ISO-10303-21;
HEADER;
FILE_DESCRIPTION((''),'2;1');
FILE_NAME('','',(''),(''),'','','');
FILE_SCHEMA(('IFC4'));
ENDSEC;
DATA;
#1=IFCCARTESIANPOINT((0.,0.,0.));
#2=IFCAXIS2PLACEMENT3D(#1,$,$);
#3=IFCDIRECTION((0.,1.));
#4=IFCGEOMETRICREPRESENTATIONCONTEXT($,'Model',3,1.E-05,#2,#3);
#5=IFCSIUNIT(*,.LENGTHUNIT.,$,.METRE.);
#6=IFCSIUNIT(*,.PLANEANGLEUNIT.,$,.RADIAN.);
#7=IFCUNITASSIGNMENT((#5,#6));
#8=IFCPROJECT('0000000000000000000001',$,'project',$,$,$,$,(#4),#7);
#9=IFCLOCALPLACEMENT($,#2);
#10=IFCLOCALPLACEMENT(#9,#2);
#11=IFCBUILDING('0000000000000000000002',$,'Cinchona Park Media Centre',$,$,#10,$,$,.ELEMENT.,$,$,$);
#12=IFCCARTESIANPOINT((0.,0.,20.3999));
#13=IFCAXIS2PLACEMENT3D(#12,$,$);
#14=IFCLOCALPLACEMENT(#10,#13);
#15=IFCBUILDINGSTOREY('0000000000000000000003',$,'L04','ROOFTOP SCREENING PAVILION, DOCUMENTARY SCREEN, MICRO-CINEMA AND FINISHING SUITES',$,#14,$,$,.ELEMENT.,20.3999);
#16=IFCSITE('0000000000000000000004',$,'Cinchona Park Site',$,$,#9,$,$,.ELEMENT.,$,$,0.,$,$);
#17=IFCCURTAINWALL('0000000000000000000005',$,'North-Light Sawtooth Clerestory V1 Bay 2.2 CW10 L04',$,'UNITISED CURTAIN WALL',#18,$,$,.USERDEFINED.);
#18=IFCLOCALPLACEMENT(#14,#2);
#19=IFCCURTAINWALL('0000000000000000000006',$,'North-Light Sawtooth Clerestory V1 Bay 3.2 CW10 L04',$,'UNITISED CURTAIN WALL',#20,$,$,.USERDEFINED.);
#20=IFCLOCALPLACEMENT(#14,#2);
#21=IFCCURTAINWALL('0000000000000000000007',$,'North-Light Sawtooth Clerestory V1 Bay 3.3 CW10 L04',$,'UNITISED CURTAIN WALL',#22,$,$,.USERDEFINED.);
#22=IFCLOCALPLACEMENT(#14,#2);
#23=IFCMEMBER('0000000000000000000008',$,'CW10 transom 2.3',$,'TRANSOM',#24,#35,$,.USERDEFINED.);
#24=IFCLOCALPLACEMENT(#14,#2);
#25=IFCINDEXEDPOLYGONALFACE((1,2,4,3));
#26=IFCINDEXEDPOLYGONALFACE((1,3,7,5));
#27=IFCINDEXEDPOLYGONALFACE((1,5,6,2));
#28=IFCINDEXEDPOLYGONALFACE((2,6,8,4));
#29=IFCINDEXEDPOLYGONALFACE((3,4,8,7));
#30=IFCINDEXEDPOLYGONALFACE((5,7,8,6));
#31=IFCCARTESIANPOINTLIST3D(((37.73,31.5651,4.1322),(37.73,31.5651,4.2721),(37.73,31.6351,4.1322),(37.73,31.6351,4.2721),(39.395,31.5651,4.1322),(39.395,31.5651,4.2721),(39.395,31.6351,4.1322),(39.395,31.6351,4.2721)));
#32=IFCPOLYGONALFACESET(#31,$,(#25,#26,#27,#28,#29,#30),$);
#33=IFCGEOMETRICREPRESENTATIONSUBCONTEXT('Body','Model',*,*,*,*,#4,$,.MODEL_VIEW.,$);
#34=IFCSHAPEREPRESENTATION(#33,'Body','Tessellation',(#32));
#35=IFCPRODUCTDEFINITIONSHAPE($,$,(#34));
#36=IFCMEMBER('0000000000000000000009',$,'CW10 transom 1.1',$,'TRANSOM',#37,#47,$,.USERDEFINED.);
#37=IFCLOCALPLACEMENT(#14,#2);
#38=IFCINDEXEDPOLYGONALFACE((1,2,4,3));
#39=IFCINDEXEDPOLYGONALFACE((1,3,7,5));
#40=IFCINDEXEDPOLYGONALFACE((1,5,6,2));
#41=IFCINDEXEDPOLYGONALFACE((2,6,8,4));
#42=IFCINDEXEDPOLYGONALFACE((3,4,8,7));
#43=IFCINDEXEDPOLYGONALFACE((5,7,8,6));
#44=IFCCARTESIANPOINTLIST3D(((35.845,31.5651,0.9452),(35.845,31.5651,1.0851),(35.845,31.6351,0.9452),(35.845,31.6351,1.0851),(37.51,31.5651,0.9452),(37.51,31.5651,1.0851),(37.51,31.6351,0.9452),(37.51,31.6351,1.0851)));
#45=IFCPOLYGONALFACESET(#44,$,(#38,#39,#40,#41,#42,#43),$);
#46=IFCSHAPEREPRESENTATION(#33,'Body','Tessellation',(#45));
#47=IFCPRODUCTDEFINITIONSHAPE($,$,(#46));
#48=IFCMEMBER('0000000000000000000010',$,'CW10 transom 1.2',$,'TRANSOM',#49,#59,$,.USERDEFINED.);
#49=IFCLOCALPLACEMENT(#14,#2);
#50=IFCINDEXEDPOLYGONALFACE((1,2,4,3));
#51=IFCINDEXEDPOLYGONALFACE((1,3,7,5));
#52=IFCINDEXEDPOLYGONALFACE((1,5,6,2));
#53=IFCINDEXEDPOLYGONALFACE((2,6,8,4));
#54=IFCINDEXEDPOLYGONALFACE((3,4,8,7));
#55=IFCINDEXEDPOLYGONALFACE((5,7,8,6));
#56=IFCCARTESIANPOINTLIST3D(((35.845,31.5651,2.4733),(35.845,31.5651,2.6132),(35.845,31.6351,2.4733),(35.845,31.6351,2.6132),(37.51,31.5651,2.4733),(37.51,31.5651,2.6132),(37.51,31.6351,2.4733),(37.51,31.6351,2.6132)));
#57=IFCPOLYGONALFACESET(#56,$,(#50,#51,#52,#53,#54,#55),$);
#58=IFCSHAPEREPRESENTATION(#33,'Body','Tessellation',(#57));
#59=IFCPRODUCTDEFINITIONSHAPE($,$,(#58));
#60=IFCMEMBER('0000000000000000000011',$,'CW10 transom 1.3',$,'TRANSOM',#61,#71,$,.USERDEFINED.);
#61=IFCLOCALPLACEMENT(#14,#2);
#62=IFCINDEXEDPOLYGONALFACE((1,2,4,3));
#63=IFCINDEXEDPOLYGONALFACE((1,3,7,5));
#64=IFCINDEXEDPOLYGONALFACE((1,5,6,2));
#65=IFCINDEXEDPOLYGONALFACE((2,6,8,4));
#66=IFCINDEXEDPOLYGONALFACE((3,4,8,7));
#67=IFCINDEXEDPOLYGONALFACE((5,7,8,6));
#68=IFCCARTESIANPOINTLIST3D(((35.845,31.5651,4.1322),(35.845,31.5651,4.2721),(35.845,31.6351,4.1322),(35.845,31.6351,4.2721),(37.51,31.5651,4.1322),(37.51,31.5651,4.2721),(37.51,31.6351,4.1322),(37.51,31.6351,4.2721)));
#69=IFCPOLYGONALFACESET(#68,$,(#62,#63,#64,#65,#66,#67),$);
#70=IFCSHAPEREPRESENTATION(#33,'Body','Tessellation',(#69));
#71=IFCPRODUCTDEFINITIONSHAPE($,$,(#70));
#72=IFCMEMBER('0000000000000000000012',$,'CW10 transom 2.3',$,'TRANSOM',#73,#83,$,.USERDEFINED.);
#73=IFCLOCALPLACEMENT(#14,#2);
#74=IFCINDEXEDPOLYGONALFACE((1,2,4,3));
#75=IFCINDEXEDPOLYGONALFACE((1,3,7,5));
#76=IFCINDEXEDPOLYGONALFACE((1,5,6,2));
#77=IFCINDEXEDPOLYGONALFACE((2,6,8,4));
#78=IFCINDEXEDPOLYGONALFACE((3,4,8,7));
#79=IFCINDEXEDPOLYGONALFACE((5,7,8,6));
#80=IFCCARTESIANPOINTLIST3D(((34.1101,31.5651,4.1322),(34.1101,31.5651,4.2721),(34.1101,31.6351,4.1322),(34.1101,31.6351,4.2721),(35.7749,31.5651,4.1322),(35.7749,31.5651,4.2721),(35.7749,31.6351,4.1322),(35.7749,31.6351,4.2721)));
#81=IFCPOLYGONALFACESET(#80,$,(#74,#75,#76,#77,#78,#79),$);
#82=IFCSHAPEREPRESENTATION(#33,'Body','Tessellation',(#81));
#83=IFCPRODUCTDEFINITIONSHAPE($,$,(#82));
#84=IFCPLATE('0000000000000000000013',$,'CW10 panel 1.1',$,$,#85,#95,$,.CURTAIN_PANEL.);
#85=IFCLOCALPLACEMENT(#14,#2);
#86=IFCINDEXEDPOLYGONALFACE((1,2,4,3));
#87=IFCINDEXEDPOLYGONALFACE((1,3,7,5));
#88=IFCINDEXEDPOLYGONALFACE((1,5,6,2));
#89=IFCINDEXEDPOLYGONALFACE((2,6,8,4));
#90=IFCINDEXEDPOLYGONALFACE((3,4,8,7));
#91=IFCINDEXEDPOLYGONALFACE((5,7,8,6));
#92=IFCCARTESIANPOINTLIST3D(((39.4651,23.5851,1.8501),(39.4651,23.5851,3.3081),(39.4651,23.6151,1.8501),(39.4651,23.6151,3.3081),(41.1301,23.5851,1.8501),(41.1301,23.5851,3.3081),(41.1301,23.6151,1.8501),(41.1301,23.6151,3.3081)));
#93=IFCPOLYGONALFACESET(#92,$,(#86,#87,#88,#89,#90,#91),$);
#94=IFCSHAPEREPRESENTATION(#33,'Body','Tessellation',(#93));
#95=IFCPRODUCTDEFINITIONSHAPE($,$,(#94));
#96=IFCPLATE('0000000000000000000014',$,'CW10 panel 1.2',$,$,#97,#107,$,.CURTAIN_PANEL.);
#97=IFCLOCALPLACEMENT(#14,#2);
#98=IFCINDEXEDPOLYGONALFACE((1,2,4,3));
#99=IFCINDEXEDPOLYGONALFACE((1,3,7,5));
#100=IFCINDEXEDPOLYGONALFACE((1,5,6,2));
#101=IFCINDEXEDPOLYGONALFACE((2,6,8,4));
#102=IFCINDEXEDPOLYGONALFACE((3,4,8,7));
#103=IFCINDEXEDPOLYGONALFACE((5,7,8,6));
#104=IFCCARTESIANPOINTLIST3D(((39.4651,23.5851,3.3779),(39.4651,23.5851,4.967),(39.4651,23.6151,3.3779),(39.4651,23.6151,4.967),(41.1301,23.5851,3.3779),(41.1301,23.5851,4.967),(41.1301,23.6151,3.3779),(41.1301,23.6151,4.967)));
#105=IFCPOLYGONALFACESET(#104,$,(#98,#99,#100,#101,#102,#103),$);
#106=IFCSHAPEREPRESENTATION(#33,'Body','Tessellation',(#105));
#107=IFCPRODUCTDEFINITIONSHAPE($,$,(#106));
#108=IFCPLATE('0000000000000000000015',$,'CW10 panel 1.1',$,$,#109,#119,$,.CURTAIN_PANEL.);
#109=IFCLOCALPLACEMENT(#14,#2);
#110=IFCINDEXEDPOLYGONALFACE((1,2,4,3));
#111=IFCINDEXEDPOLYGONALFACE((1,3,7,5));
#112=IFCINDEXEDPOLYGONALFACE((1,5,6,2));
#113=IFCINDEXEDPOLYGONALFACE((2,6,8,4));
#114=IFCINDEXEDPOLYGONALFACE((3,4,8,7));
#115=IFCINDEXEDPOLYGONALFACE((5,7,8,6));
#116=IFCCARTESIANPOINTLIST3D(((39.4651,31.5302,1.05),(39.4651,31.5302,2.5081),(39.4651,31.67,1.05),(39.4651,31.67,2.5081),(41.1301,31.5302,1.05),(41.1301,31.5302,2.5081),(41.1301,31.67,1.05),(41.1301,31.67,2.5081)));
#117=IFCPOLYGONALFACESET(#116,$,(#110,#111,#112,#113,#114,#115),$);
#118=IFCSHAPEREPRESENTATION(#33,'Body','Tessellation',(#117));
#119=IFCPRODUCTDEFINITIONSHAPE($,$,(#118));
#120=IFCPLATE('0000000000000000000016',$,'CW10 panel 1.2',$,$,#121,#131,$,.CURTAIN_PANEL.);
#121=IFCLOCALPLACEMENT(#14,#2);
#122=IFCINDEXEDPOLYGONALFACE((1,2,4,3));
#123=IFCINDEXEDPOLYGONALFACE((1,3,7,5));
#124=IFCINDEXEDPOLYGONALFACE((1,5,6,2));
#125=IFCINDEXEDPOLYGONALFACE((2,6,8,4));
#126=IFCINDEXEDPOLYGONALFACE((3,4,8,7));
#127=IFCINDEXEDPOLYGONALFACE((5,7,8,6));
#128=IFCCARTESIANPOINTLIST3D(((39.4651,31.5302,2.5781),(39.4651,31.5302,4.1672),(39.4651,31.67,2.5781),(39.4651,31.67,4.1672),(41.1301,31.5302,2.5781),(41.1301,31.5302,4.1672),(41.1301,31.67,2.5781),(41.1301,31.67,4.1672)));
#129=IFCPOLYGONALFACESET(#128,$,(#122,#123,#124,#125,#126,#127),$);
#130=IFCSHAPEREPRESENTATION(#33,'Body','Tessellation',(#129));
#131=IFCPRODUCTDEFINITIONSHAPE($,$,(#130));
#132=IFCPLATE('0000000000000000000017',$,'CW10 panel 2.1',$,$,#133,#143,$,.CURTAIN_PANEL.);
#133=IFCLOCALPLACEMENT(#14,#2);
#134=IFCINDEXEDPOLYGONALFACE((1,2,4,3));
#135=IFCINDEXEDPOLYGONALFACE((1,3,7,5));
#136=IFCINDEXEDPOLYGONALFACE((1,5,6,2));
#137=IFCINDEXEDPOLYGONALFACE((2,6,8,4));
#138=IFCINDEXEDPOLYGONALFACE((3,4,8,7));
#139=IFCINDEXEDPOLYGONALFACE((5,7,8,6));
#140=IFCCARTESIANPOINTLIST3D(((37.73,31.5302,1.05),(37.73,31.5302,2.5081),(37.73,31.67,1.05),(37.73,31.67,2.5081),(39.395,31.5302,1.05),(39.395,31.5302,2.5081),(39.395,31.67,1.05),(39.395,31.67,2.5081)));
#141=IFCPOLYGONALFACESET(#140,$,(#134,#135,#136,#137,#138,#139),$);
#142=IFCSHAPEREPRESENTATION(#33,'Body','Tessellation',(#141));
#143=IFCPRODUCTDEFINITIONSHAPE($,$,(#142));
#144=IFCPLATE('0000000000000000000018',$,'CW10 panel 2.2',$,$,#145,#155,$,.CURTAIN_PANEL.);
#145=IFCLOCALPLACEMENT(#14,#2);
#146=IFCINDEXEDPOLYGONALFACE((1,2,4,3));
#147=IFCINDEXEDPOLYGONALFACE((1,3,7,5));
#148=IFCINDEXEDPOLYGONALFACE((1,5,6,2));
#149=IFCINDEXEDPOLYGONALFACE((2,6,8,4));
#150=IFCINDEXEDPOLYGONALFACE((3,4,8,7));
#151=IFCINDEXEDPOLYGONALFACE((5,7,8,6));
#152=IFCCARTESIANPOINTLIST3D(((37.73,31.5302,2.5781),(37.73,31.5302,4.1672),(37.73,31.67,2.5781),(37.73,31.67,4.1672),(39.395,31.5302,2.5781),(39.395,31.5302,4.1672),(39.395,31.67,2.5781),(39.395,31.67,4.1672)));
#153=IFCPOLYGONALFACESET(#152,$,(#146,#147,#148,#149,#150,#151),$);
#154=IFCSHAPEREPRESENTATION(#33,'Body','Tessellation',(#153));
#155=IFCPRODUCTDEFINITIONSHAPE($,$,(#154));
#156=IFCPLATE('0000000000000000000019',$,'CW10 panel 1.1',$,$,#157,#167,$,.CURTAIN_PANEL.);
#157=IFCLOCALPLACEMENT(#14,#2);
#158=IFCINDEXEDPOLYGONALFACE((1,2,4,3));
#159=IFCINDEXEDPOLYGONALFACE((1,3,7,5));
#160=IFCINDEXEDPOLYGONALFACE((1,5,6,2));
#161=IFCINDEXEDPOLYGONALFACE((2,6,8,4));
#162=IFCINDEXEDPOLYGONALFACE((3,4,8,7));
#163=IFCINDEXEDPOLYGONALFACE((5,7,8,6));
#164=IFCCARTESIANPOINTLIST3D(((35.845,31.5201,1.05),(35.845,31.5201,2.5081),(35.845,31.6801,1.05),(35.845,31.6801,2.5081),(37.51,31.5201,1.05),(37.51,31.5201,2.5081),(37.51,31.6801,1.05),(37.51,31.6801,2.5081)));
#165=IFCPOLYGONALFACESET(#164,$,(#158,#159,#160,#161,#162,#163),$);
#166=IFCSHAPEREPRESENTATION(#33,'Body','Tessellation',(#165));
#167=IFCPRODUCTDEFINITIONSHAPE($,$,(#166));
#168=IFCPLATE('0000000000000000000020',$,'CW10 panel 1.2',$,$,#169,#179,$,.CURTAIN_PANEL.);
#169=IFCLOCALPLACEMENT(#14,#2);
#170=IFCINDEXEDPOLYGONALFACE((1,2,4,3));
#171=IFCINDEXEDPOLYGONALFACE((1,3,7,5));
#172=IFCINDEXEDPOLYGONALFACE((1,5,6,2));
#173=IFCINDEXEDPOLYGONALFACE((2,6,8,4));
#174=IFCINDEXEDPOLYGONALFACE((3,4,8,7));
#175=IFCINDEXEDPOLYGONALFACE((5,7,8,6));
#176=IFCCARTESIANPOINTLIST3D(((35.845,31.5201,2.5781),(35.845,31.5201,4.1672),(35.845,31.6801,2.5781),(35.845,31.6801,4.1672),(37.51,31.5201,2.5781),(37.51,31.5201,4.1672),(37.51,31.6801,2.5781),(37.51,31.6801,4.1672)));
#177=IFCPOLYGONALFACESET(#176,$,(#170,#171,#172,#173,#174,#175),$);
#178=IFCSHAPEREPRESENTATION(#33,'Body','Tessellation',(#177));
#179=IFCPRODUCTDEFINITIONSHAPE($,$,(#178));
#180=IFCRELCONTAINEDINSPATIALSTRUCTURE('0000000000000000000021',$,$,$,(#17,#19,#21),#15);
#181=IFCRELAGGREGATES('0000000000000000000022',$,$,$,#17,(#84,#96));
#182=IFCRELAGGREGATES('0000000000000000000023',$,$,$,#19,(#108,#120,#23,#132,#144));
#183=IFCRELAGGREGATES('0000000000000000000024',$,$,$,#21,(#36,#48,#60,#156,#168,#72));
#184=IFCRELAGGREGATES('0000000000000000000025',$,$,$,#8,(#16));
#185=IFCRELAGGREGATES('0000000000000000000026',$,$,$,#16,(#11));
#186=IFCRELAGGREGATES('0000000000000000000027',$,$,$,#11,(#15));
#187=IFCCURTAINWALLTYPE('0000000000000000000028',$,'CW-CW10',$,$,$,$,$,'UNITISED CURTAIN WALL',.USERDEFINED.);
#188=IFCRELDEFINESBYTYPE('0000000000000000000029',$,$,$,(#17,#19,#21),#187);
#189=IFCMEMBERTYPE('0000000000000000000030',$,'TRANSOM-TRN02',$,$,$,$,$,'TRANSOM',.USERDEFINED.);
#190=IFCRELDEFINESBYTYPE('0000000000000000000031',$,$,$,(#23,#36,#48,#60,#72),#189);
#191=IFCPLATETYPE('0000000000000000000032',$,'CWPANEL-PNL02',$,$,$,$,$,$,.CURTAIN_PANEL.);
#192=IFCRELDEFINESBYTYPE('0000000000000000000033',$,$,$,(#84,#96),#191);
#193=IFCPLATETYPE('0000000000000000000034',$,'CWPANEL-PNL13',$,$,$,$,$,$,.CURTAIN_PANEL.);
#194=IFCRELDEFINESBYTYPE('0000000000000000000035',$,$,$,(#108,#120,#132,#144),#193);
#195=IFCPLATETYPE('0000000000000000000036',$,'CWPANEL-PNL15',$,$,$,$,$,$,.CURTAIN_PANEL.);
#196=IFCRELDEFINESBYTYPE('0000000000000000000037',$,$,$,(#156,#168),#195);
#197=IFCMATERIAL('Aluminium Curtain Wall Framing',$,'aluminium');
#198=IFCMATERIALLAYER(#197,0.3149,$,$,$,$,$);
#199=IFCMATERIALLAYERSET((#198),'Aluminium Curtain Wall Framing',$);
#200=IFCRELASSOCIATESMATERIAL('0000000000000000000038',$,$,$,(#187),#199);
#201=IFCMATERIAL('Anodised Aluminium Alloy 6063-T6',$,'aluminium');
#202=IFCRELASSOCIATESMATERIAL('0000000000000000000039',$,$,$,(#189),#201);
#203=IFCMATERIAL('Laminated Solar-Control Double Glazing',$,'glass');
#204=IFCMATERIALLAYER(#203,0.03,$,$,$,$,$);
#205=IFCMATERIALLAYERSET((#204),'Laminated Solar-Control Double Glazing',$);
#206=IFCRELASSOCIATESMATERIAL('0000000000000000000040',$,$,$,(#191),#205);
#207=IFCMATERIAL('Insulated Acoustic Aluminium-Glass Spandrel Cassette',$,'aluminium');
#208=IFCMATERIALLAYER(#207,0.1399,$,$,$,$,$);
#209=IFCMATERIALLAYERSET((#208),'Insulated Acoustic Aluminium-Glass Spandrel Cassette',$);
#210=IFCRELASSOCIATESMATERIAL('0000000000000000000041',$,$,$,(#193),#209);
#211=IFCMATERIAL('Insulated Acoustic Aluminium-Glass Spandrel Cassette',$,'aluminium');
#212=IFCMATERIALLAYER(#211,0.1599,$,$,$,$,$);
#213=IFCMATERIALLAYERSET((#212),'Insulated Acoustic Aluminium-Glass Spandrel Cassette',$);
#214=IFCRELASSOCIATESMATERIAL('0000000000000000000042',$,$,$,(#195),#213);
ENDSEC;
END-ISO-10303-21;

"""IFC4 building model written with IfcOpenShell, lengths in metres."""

from ifc_helpers import new_model, si_unit, direction, frame, origin, origin_2d, place, context, subcontext, project, spatial, rectangle, extrude, material, layer, layer_set, material_profile, profile_set, type_object, element, aggregate, save


model = new_model("IFC4")

# Units and contexts
model_context = context("Model", 3, precision=1e-05, world=origin(), true_north=direction((0.0, 1.0)))
body_context = subcontext(model_context, "Body", "Model", "MODEL_VIEW")
ifc_project = project(units=[si_unit("LENGTHUNIT", "METRE"), si_unit("PLANEANGLEUNIT", "RADIAN")], contexts=[model_context])

# Site, building, storey
site_placement = place(None, origin())
site = spatial("IfcSite", under=ifc_project, at=site_placement, Name="Cinchona Park Site", CompositionType="ELEMENT", RefElevation=0.0)
building_placement = place(site_placement, origin())
building = spatial("IfcBuilding", under=site, at=building_placement, Name="Cinchona Park Media Centre", CompositionType="ELEMENT")
storey_placement = place(building_placement, frame((0.0, 0.0, 20.3999)))
storey = spatial("IfcBuildingStorey", under=building, at=storey_placement, Name="L04", Description="ROOFTOP SCREENING PAVILION, DOCUMENTARY SCREEN, MICRO-CINEMA AND FINISHING SUITES", CompositionType="ELEMENT", Elevation=20.3999)

# Curtain walls
ifc_material_1 = material(Name="Aluminium Curtain Wall Framing", Category="aluminium")
ifc_layer_1 = layer(ifc_material_1, 0.3149)
ifc_layer_set_1 = layer_set([ifc_layer_1], Name="Aluminium Curtain Wall Framing")
curtain_wall_type = type_object("IfcCurtainWallType", Name="CW-CW10", ElementType="UNITISED CURTAIN WALL", PredefinedType="USERDEFINED", material=ifc_layer_set_1)
curtain_wall_1_placement = place(storey_placement, origin())
curtain_wall_1 = element("IfcCurtainWall", 1, at=curtain_wall_1_placement, inside=storey, type_object=curtain_wall_type, Name="North-Light Sawtooth Clerestory V1 Bay 2.2 CW10 L04", ObjectType="UNITISED CURTAIN WALL", PredefinedType="USERDEFINED")
curtain_wall_2_placement = place(storey_placement, origin())
curtain_wall_2 = element("IfcCurtainWall", 2, at=curtain_wall_2_placement, inside=storey, type_object=curtain_wall_type, Name="North-Light Sawtooth Clerestory V1 Bay 3.2 CW10 L04", ObjectType="UNITISED CURTAIN WALL", PredefinedType="USERDEFINED")
curtain_wall_3_placement = place(storey_placement, origin())
curtain_wall_3 = element("IfcCurtainWall", 3, at=curtain_wall_3_placement, inside=storey, type_object=curtain_wall_type, Name="North-Light Sawtooth Clerestory V1 Bay 3.3 CW10 L04", ObjectType="UNITISED CURTAIN WALL", PredefinedType="USERDEFINED")

# Members
ifc_material_2 = material(Name="Anodised Aluminium Alloy 6063-T6", Category="aluminium")
ifc_material_profile_1 = material_profile(ifc_material_2, rectangle(XDim=0.0701, YDim=0.1399, at=origin_2d()), Name="TRN-70X140")
ifc_profile_set_1 = profile_set([ifc_material_profile_1], Name="Anodised Aluminium Alloy 6063-T6")
member_type_1 = type_object("IfcMemberType", Name="TRANSOM-TRN02", ElementType="TRANSOM", PredefinedType="USERDEFINED", material=ifc_profile_set_1)
member_1_placement = place(storey_placement, frame((39.395, 31.6001, 4.2021), z_axis=(-1.0, 0.0, 0.0), x_axis=(0.0, -1.0, 0.0)))
member_1 = element("IfcMember", 4, at=member_1_placement, type_object=member_type_1, Name="CW10 transom 2.3", ObjectType="TRANSOM", PredefinedType="USERDEFINED", context=body_context, shape_type="SweptSolid", body=[
    extrude(rectangle(XDim=0.0701, YDim=0.1399, at=origin_2d()), origin(), (0.0, 0.0, 1.0), 1.665),
])
member_2_placement = place(storey_placement, frame((37.51, 31.6001, 1.0151), z_axis=(-1.0, 0.0, 0.0), x_axis=(0.0, -1.0, 0.0)))
member_2 = element("IfcMember", 5, at=member_2_placement, type_object=member_type_1, Name="CW10 transom 1.1", ObjectType="TRANSOM", PredefinedType="USERDEFINED", context=body_context, shape_type="SweptSolid", body=[
    extrude(rectangle(XDim=0.0701, YDim=0.1399, at=origin_2d()), origin(), (0.0, 0.0, 1.0), 1.665),
])
member_3_placement = place(storey_placement, frame((37.51, 31.6001, 2.5432), z_axis=(-1.0, 0.0, 0.0), x_axis=(0.0, -1.0, 0.0)))
member_3 = element("IfcMember", 6, at=member_3_placement, type_object=member_type_1, Name="CW10 transom 1.2", ObjectType="TRANSOM", PredefinedType="USERDEFINED", context=body_context, shape_type="SweptSolid", body=[
    extrude(rectangle(XDim=0.0701, YDim=0.1399, at=origin_2d()), origin(), (0.0, 0.0, 1.0), 1.665),
])
member_4_placement = place(storey_placement, frame((37.51, 31.6001, 4.2021), z_axis=(-1.0, 0.0, 0.0), x_axis=(0.0, -1.0, 0.0)))
member_4 = element("IfcMember", 7, at=member_4_placement, type_object=member_type_1, Name="CW10 transom 1.3", ObjectType="TRANSOM", PredefinedType="USERDEFINED", context=body_context, shape_type="SweptSolid", body=[
    extrude(rectangle(XDim=0.0701, YDim=0.1399, at=origin_2d()), origin(), (0.0, 0.0, 1.0), 1.665),
])
member_5_placement = place(storey_placement, frame((35.7749, 31.6001, 4.2021), z_axis=(-1.0, 0.0, 0.0), x_axis=(0.0, -1.0, 0.0)))
member_5 = element("IfcMember", 8, at=member_5_placement, type_object=member_type_1, Name="CW10 transom 2.3", ObjectType="TRANSOM", PredefinedType="USERDEFINED", context=body_context, shape_type="SweptSolid", body=[
    extrude(rectangle(XDim=0.0701, YDim=0.1399, at=origin_2d()), origin(), (0.0, 0.0, 1.0), 1.6648),
])

# Plates
ifc_material_3 = material(Name="Laminated Solar-Control Double Glazing", Category="glass")
ifc_layer_2 = layer(ifc_material_3, 0.03)
ifc_layer_set_2 = layer_set([ifc_layer_2], Name="Laminated Solar-Control Double Glazing")
plate_type_1 = type_object("IfcPlateType", Name="CWPANEL-PNL02", PredefinedType="CURTAIN_PANEL", material=ifc_layer_set_2)
plate_1_placement = place(storey_placement, frame((40.2976, 23.6001, 1.8501), z_axis=(0.0, 0.0, 1.0), x_axis=(-1.0, 0.0, 0.0)))
plate_1 = element("IfcPlate", 9, at=plate_1_placement, type_object=plate_type_1, Name="CW10 panel 1.1", PredefinedType="CURTAIN_PANEL", context=body_context, shape_type="SweptSolid", body=[
    extrude(rectangle(XDim=1.665, YDim=0.03, at=origin_2d()), origin(), (0.0, 0.0, 1.0), 1.458),
])
plate_2_placement = place(storey_placement, frame((40.2976, 23.6001, 3.3779), z_axis=(0.0, 0.0, 1.0), x_axis=(-1.0, 0.0, 0.0)))
plate_2 = element("IfcPlate", 10, at=plate_2_placement, type_object=plate_type_1, Name="CW10 panel 1.2", PredefinedType="CURTAIN_PANEL", context=body_context, shape_type="SweptSolid", body=[
    extrude(rectangle(XDim=1.665, YDim=0.03, at=origin_2d()), origin(), (0.0, 0.0, 1.0), 1.5891),
])
aggregate(curtain_wall_1, [plate_1, plate_2])
ifc_material_4 = material(Name="Insulated Acoustic Aluminium-Glass Spandrel Cassette", Category="aluminium")
ifc_layer_3 = layer(ifc_material_4, 0.1399)
ifc_layer_set_3 = layer_set([ifc_layer_3], Name="Insulated Acoustic Aluminium-Glass Spandrel Cassette")
plate_type_2 = type_object("IfcPlateType", Name="CWPANEL-PNL13", PredefinedType="CURTAIN_PANEL", material=ifc_layer_set_3)
plate_3_placement = place(storey_placement, frame((40.2976, 31.6001, 1.05), z_axis=(0.0, 0.0, 1.0), x_axis=(-1.0, 0.0, 0.0)))
plate_3 = element("IfcPlate", 11, at=plate_3_placement, type_object=plate_type_2, Name="CW10 panel 1.1", PredefinedType="CURTAIN_PANEL", context=body_context, shape_type="SweptSolid", body=[
    extrude(rectangle(XDim=1.665, YDim=0.1399, at=origin_2d()), origin(), (0.0, 0.0, 1.0), 1.458),
])
plate_4_placement = place(storey_placement, frame((40.2976, 31.6001, 2.5781), z_axis=(0.0, 0.0, 1.0), x_axis=(-1.0, 0.0, 0.0)))
plate_4 = element("IfcPlate", 12, at=plate_4_placement, type_object=plate_type_2, Name="CW10 panel 1.2", PredefinedType="CURTAIN_PANEL", context=body_context, shape_type="SweptSolid", body=[
    extrude(rectangle(XDim=1.665, YDim=0.1399, at=origin_2d()), origin(), (0.0, 0.0, 1.0), 1.5891),
])
plate_5_placement = place(storey_placement, frame((38.5625, 31.6001, 1.05), z_axis=(0.0, 0.0, 1.0), x_axis=(-1.0, 0.0, 0.0)))
plate_5 = element("IfcPlate", 13, at=plate_5_placement, type_object=plate_type_2, Name="CW10 panel 2.1", PredefinedType="CURTAIN_PANEL", context=body_context, shape_type="SweptSolid", body=[
    extrude(rectangle(XDim=1.665, YDim=0.1399, at=origin_2d()), origin(), (0.0, 0.0, 1.0), 1.458),
])
plate_6_placement = place(storey_placement, frame((38.5625, 31.6001, 2.5781), z_axis=(0.0, 0.0, 1.0), x_axis=(-1.0, 0.0, 0.0)))
plate_6 = element("IfcPlate", 14, at=plate_6_placement, type_object=plate_type_2, Name="CW10 panel 2.2", PredefinedType="CURTAIN_PANEL", context=body_context, shape_type="SweptSolid", body=[
    extrude(rectangle(XDim=1.665, YDim=0.1399, at=origin_2d()), origin(), (0.0, 0.0, 1.0), 1.5891),
])
aggregate(curtain_wall_2, [plate_3, plate_4, member_1, plate_5, plate_6])
ifc_material_5 = material(Name="Insulated Acoustic Aluminium-Glass Spandrel Cassette", Category="aluminium")
ifc_layer_4 = layer(ifc_material_5, 0.1599)
ifc_layer_set_4 = layer_set([ifc_layer_4], Name="Insulated Acoustic Aluminium-Glass Spandrel Cassette")
plate_type_3 = type_object("IfcPlateType", Name="CWPANEL-PNL15", PredefinedType="CURTAIN_PANEL", material=ifc_layer_set_4)
plate_7_placement = place(storey_placement, frame((36.6775, 31.6001, 1.05), z_axis=(0.0, 0.0, 1.0), x_axis=(-1.0, 0.0, 0.0)))
plate_7 = element("IfcPlate", 15, at=plate_7_placement, type_object=plate_type_3, Name="CW10 panel 1.1", PredefinedType="CURTAIN_PANEL", context=body_context, shape_type="SweptSolid", body=[
    extrude(rectangle(XDim=1.665, YDim=0.1599, at=origin_2d()), origin(), (0.0, 0.0, 1.0), 1.458),
])
plate_8_placement = place(storey_placement, frame((36.6775, 31.6001, 2.5781), z_axis=(0.0, 0.0, 1.0), x_axis=(-1.0, 0.0, 0.0)))
plate_8 = element("IfcPlate", 16, at=plate_8_placement, type_object=plate_type_3, Name="CW10 panel 1.2", PredefinedType="CURTAIN_PANEL", context=body_context, shape_type="SweptSolid", body=[
    extrude(rectangle(XDim=1.665, YDim=0.1599, at=origin_2d()), origin(), (0.0, 0.0, 1.0), 1.5891),
])
aggregate(curtain_wall_3, [member_2, member_3, member_4, plate_7, plate_8, member_5])

save(model, "model.ifc")
